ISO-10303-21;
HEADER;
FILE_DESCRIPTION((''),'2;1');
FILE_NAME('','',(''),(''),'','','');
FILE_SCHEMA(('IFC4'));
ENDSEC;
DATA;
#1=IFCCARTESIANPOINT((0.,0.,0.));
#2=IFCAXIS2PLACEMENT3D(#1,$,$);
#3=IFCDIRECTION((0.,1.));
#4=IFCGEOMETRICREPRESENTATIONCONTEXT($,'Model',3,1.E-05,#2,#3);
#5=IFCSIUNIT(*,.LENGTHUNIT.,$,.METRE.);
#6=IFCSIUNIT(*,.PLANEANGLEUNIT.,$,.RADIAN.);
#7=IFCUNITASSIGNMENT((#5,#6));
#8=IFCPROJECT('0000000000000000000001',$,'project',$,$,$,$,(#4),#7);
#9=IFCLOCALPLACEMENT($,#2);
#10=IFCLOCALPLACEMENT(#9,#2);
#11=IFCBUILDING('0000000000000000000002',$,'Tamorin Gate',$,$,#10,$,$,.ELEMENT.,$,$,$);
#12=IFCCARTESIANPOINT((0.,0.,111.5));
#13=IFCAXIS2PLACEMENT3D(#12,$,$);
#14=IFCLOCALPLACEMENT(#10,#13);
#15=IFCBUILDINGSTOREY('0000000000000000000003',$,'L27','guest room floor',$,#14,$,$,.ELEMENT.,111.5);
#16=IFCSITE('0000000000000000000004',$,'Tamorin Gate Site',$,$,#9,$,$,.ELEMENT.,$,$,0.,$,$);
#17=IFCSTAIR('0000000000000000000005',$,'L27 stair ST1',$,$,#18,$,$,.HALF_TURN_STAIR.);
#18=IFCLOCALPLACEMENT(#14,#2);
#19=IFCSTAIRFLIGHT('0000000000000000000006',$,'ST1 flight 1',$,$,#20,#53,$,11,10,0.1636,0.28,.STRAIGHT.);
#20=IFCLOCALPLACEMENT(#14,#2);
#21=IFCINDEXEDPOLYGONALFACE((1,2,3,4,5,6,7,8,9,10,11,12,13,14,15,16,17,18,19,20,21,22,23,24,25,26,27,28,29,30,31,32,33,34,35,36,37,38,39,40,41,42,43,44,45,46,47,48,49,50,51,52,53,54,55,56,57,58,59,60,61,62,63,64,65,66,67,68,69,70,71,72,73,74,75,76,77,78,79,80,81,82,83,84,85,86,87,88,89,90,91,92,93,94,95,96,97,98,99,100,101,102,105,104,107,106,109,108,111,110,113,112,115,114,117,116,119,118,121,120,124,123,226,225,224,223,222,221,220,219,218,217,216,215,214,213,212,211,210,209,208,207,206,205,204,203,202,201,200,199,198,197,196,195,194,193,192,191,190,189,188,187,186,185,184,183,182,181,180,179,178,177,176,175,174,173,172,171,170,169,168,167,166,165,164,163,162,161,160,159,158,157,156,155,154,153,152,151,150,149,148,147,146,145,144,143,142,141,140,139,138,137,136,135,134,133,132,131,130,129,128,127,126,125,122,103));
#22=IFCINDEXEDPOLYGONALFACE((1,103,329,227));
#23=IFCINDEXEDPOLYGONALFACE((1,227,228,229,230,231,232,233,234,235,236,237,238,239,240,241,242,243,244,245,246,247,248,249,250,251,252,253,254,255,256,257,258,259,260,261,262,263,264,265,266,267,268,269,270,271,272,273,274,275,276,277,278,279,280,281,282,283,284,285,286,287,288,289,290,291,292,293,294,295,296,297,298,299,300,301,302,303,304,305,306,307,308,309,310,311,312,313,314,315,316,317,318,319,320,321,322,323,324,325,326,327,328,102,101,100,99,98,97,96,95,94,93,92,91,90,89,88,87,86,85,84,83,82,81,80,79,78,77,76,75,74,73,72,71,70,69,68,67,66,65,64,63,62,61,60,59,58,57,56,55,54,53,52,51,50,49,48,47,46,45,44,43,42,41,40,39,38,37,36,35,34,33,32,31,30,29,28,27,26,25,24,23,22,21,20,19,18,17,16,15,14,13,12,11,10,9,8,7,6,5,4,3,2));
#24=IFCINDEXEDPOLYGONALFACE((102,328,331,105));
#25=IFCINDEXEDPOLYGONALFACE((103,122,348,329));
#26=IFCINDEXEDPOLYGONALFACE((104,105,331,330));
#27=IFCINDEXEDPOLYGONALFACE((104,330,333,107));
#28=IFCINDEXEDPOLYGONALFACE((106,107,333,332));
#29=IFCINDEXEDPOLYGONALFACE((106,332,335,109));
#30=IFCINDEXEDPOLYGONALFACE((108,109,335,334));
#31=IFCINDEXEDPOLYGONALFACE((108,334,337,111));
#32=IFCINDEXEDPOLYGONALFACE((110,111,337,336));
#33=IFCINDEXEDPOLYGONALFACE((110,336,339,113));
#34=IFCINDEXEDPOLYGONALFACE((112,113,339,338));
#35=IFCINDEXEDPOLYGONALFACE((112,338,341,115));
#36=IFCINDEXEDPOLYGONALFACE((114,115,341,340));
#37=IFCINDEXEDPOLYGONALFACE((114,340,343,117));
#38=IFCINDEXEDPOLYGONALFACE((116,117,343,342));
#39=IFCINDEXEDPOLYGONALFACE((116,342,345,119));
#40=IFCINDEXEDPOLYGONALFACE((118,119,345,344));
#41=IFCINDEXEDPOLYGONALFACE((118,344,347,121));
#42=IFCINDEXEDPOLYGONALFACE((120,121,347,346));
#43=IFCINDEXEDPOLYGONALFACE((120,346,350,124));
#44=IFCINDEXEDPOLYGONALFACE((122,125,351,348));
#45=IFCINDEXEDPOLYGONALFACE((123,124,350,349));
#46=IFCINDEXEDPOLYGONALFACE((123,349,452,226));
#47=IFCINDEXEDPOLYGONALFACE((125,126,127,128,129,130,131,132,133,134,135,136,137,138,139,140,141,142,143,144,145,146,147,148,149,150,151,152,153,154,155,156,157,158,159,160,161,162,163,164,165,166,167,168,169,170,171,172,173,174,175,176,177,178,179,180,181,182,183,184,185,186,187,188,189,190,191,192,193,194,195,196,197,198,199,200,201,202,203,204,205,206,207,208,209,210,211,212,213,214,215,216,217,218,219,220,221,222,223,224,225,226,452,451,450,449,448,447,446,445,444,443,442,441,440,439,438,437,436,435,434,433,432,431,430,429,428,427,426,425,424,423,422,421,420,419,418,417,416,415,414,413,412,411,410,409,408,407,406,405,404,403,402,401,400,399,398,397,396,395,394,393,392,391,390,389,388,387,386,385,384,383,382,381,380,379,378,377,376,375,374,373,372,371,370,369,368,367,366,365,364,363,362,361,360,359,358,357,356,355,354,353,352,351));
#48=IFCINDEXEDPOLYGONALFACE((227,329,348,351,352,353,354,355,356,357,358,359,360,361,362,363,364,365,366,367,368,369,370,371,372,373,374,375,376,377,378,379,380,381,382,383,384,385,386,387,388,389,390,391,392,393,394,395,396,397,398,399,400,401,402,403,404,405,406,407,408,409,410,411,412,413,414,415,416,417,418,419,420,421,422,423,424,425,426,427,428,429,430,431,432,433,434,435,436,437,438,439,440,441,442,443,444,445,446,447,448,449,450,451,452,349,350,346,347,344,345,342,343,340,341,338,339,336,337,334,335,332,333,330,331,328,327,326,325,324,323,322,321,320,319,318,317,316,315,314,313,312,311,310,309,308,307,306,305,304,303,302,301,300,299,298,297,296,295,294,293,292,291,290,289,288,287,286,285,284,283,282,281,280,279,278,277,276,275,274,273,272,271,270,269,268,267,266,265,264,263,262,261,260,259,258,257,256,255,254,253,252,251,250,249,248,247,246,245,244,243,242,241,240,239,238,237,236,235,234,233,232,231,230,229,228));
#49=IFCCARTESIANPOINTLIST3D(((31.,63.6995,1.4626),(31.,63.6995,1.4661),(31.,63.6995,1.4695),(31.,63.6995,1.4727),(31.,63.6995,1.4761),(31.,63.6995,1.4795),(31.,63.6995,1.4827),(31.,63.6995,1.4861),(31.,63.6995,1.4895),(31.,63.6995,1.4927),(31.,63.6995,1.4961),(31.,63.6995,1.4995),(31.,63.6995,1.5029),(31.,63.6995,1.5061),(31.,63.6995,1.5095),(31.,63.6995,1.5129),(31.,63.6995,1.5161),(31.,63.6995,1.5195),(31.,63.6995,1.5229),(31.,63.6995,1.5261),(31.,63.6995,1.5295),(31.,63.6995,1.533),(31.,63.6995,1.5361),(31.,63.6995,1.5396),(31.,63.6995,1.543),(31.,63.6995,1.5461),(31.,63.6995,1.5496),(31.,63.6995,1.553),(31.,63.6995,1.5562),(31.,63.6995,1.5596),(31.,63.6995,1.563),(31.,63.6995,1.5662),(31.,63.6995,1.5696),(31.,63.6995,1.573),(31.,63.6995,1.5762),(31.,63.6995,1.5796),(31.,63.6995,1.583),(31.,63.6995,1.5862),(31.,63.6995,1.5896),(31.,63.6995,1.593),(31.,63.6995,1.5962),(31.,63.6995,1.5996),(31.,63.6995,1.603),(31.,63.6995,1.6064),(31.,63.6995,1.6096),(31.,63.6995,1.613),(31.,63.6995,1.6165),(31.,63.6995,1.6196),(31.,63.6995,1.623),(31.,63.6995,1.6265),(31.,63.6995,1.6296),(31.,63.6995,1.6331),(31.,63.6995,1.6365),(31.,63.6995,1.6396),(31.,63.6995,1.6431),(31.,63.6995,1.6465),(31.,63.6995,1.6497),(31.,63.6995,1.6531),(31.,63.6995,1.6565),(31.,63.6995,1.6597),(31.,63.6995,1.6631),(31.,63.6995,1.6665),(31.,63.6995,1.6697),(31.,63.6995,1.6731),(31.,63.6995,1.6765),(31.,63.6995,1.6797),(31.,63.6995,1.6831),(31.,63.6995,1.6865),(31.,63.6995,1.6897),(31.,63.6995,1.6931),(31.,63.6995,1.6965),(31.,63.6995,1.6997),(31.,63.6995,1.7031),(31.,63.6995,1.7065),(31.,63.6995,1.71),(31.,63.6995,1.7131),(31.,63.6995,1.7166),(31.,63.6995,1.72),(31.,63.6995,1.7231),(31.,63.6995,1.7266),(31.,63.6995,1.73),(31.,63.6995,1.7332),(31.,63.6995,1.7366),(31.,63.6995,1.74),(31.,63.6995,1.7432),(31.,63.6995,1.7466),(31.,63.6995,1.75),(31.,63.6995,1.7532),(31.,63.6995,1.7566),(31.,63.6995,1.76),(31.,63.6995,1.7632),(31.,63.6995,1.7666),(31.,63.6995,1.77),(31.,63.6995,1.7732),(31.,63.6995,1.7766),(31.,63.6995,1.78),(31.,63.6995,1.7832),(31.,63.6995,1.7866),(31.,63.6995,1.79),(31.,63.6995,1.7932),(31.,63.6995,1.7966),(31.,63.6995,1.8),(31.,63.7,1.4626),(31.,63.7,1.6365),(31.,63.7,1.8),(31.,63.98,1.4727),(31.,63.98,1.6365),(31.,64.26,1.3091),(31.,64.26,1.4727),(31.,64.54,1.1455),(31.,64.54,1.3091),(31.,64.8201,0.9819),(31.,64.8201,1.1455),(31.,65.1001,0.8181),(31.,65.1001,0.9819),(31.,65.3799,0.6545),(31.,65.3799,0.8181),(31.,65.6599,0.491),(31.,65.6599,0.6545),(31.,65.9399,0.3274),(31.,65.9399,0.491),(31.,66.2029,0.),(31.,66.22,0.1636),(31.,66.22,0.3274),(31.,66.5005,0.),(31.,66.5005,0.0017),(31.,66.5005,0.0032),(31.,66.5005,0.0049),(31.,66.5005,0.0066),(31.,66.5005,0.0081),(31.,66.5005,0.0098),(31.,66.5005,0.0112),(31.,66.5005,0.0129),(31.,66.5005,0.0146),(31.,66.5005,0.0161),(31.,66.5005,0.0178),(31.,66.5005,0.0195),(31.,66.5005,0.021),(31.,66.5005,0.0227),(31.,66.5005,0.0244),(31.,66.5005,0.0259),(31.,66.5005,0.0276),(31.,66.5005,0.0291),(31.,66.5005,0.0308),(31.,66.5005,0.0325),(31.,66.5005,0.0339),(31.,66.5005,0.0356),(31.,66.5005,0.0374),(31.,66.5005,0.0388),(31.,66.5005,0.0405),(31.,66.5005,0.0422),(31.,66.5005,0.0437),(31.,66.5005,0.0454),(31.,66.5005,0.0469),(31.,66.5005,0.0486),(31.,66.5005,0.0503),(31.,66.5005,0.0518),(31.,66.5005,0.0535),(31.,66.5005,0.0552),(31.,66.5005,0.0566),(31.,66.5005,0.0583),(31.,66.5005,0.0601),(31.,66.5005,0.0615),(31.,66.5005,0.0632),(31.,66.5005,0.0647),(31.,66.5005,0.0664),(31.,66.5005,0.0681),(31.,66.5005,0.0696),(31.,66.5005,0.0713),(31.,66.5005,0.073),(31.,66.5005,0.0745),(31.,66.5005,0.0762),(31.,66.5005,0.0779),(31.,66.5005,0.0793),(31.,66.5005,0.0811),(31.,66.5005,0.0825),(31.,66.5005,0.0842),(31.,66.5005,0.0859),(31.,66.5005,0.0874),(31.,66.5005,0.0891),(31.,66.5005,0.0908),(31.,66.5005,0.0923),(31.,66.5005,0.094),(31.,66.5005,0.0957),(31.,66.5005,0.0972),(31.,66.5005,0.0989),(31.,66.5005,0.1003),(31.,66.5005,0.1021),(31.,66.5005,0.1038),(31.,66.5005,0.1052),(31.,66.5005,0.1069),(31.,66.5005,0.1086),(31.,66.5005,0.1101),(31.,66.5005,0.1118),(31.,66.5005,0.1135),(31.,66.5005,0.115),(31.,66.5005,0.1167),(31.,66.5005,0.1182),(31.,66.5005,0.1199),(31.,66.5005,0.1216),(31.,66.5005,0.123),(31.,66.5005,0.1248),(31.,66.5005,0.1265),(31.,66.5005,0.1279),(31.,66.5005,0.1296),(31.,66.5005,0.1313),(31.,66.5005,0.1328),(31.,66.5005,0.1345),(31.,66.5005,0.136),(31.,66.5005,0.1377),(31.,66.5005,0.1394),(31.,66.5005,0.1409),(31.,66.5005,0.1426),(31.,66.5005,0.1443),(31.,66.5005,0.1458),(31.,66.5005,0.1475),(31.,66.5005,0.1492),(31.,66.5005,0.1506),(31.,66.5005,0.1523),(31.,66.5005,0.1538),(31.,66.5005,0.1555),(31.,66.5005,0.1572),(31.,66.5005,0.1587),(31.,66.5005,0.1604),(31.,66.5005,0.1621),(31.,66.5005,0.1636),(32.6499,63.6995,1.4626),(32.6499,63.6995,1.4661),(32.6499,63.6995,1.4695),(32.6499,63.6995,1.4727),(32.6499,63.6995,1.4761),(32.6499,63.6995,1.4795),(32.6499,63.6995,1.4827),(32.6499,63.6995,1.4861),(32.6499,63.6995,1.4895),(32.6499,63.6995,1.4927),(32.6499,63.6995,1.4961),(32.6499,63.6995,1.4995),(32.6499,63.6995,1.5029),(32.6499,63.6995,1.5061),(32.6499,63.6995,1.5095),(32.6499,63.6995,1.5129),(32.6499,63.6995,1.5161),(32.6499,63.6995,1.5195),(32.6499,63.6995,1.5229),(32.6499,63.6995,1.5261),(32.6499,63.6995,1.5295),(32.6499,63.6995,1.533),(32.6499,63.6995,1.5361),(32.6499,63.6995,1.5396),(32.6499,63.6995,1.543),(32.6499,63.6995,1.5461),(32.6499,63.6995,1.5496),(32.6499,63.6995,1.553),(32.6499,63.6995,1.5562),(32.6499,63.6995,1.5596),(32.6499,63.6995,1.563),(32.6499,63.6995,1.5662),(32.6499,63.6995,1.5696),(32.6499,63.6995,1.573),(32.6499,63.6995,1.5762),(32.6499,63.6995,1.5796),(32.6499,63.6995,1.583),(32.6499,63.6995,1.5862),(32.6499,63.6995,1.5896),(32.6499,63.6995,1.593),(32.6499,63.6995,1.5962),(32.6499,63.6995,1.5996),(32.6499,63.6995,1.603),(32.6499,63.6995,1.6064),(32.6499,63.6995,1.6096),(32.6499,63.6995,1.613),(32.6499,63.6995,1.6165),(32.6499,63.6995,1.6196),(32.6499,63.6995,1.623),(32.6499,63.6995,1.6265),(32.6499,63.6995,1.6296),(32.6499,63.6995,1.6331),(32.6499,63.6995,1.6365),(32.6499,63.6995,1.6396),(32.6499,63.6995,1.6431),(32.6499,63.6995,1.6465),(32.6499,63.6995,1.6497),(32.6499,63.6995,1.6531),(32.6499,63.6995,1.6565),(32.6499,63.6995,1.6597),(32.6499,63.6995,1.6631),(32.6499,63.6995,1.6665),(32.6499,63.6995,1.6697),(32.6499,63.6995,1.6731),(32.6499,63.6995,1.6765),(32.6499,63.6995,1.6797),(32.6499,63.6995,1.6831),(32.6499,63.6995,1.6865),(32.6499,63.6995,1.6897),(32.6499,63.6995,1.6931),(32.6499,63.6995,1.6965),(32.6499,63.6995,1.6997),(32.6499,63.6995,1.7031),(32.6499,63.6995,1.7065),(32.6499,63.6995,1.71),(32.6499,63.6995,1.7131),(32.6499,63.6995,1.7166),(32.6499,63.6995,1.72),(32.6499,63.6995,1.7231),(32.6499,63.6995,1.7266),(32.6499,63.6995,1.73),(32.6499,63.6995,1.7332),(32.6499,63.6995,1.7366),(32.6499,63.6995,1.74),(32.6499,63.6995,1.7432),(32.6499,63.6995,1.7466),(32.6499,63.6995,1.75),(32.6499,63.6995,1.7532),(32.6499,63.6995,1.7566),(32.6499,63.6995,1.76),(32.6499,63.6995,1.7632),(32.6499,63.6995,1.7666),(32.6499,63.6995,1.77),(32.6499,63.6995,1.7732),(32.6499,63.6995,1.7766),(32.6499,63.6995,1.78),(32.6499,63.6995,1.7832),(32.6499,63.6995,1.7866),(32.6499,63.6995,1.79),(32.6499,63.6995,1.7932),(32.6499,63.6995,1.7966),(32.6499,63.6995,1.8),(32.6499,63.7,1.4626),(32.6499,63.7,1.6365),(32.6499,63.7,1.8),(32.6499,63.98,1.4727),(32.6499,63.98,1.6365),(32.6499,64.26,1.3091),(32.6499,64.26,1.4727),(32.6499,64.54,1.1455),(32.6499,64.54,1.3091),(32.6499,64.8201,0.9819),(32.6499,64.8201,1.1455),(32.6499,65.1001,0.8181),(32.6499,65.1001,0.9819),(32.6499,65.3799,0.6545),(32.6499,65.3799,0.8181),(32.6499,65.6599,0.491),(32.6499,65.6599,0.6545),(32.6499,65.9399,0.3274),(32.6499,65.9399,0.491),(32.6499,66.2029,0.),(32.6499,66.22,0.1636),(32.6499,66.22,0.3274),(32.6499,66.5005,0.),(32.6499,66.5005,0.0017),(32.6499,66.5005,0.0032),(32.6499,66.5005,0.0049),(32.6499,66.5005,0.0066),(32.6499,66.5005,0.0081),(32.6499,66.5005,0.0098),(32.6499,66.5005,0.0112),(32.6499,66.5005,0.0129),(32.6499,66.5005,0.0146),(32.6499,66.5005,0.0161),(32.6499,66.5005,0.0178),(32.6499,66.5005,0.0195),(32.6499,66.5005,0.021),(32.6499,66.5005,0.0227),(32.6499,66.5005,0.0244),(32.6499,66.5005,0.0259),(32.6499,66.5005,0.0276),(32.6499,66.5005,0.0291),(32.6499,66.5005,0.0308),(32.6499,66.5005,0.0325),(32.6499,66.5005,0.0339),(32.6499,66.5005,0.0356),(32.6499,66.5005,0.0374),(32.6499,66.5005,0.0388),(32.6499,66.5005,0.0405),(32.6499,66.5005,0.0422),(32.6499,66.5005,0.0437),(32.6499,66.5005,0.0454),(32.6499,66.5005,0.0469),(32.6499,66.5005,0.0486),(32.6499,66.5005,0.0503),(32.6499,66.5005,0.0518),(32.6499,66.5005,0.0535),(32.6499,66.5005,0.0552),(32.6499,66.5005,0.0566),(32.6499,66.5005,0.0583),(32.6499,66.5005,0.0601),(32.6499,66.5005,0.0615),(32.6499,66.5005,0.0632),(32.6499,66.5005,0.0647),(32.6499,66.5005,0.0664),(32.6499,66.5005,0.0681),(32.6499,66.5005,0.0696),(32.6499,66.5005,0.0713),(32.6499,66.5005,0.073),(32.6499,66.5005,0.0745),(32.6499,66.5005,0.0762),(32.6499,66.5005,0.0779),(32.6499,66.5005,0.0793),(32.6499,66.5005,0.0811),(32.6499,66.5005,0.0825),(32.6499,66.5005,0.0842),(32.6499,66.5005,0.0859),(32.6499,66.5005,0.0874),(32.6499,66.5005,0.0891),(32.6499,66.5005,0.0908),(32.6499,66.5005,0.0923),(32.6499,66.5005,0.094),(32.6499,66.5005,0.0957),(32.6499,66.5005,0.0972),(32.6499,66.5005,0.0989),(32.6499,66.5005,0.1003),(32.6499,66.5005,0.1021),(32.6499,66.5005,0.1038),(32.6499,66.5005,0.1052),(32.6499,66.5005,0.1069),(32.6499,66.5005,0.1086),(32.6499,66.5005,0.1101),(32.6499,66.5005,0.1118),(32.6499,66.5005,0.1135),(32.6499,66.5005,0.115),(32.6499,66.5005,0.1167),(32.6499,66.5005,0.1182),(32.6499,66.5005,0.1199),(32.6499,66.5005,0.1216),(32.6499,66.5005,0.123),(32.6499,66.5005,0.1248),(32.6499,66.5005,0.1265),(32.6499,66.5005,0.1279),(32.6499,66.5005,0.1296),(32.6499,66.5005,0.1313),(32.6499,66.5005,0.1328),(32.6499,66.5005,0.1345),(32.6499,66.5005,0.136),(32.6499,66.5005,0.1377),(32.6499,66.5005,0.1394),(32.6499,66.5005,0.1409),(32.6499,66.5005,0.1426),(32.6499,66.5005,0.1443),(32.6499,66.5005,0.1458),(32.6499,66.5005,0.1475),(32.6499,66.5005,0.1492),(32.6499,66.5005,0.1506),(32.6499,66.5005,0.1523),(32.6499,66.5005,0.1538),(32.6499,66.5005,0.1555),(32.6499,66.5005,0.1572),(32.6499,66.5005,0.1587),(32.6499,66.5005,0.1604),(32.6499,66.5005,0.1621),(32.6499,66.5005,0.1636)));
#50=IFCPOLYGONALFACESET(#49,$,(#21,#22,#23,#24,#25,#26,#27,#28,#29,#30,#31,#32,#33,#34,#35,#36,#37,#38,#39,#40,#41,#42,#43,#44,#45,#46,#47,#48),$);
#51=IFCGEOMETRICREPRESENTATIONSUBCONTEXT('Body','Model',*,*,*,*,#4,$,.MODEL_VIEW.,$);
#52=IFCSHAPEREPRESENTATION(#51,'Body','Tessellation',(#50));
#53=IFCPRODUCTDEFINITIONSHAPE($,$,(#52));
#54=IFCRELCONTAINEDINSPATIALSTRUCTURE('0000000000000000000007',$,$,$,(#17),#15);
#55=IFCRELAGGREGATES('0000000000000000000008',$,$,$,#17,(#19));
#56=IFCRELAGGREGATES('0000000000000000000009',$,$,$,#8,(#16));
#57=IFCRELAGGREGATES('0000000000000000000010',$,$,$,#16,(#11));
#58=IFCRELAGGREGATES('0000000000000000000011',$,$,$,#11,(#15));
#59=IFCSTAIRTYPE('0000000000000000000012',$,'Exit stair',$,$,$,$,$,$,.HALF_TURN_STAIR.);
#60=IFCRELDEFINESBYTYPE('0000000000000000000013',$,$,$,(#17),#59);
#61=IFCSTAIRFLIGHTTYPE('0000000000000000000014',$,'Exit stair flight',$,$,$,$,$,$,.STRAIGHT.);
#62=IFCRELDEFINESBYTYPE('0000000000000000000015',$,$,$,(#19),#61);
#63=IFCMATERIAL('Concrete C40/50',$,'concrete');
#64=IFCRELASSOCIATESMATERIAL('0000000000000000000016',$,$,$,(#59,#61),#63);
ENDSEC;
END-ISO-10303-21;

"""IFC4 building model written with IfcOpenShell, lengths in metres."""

from ifc_helpers import new_model, si_unit, direction, frame, origin, place, context, subcontext, project, spatial, polyline, outline, extrude, material, type_object, element, aggregate, save


model = new_model("IFC4")

# Units and contexts
model_context = context("Model", 3, precision=1e-05, world=origin(), true_north=direction((0.0, 1.0)))
body_context = subcontext(model_context, "Body", "Model", "MODEL_VIEW")
ifc_project = project(units=[si_unit("LENGTHUNIT", "METRE"), si_unit("PLANEANGLEUNIT", "RADIAN")], contexts=[model_context])

# Site, building, storey
site_placement = place(None, origin())
site = spatial("IfcSite", under=ifc_project, at=site_placement, Name="Tamorin Gate Site", CompositionType="ELEMENT", RefElevation=0.0)
building_placement = place(site_placement, origin())
building = spatial("IfcBuilding", under=site, at=building_placement, Name="Tamorin Gate", CompositionType="ELEMENT")
storey_placement = place(building_placement, frame((0.0, 0.0, 111.5)))
storey = spatial("IfcBuildingStorey", under=building, at=storey_placement, Name="L27", Description="guest room floor", CompositionType="ELEMENT", Elevation=111.5)

# Shared definitions
ifc_material_1 = material(Name="Concrete C40/50", Category="concrete")

# Stair, stair flight
stair_type = type_object("IfcStairType", Name="Exit stair", PredefinedType="HALF_TURN_STAIR", material=ifc_material_1)
stair_placement = place(storey_placement, origin())
stair = element("IfcStair", 1, at=stair_placement, inside=storey, type_object=stair_type, Name="L27 stair ST1", PredefinedType="HALF_TURN_STAIR")
stair_flight_type = type_object("IfcStairFlightType", Name="Exit stair flight", PredefinedType="STRAIGHT", material=ifc_material_1)
stair_flight_1_placement = place(storey_placement, frame((31.825, 66.5, 0.0), z_axis=(0.0, 0.0, 1.0), x_axis=(0.0, -1.0, 0.0)))
stair_flight_1 = element("IfcStairFlight", 2, at=stair_flight_1_placement, type_object=stair_flight_type, Name="ST1 flight 1", NumberOfRisers=11, NumberOfTreads=10, PredefinedType="STRAIGHT", RiserHeight=0.1636, TreadLength=0.28, context=body_context, shape_type="SweptSolid", body=[
    extrude(outline(polyline([(-0.0005, 0.0), (-0.0005, 0.0017), (-0.0005, 0.0032), (-0.0005, 0.0049), (-0.0005, 0.0066), (-0.0005, 0.0081), (-0.0005, 0.0098), (-0.0005, 0.0112), (-0.0005, 0.0129), (-0.0005, 0.0146), (-0.0005, 0.0161), (-0.0005, 0.0178), (-0.0005, 0.0195), (-0.0005, 0.021), (-0.0005, 0.0227), (-0.0005, 0.0244), (-0.0005, 0.0259), (-0.0005, 0.0276), (-0.0005, 0.0291), (-0.0005, 0.0308), (-0.0005, 0.0325), (-0.0005, 0.0339), (-0.0005, 0.0356), (-0.0005, 0.0374), (-0.0005, 0.0388), (-0.0005, 0.0405), (-0.0005, 0.0422), (-0.0005, 0.0437), (-0.0005, 0.0454), (-0.0005, 0.0469), (-0.0005, 0.0486), (-0.0005, 0.0503), (-0.0005, 0.0518), (-0.0005, 0.0535), (-0.0005, 0.0552), (-0.0005, 0.0566), (-0.0005, 0.0583), (-0.0005, 0.0601), (-0.0005, 0.0615), (-0.0005, 0.0632), (-0.0005, 0.0647), (-0.0005, 0.0664), (-0.0005, 0.0681), (-0.0005, 0.0696), (-0.0005, 0.0713), (-0.0005, 0.073), (-0.0005, 0.0745), (-0.0005, 0.0762), (-0.0005, 0.0779), (-0.0005, 0.0793), (-0.0005, 0.0811), (-0.0005, 0.0825), (-0.0005, 0.0842), (-0.0005, 0.0859), (-0.0005, 0.0874), (-0.0005, 0.0891), (-0.0005, 0.0908), (-0.0005, 0.0923), (-0.0005, 0.094), (-0.0005, 0.0957), (-0.0005, 0.0972), (-0.0005, 0.0989), (-0.0005, 0.1003), (-0.0005, 0.1021), (-0.0005, 0.1038), (-0.0005, 0.1052), (-0.0005, 0.1069), (-0.0005, 0.1086), (-0.0005, 0.1101), (-0.0005, 0.1118), (-0.0005, 0.1135), (-0.0005, 0.115), (-0.0005, 0.1167), (-0.0005, 0.1182), (-0.0005, 0.1199), (-0.0005, 0.1216), (-0.0005, 0.123), (-0.0005, 0.1248), (-0.0005, 0.1265), (-0.0005, 0.1279), (-0.0005, 0.1296), (-0.0005, 0.1313), (-0.0005, 0.1328), (-0.0005, 0.1345), (-0.0005, 0.136), (-0.0005, 0.1377), (-0.0005, 0.1394), (-0.0005, 0.1409), (-0.0005, 0.1426), (-0.0005, 0.1443), (-0.0005, 0.1458), (-0.0005, 0.1475), (-0.0005, 0.1492), (-0.0005, 0.1506), (-0.0005, 0.1523), (-0.0005, 0.1538), (-0.0005, 0.1555), (-0.0005, 0.1572), (-0.0005, 0.1587), (-0.0005, 0.1604), (-0.0005, 0.1621), (-0.0005, 0.1636), (0.28, 0.1636), (0.28, 0.3274), (0.5601, 0.3274), (0.5601, 0.491), (0.8401, 0.491), (0.8401, 0.6545), (1.1201, 0.6545), (1.1201, 0.8181), (1.3999, 0.8181), (1.3999, 0.9819), (1.6799, 0.9819), (1.6799, 1.1455), (1.96, 1.1455), (1.96, 1.3091), (2.24, 1.3091), (2.24, 1.4727), (2.52, 1.4727), (2.52, 1.6365), (2.8, 1.6365), (2.8, 1.8), (2.8005, 1.8), (2.8005, 1.7966), (2.8005, 1.7932), (2.8005, 1.79), (2.8005, 1.7866), (2.8005, 1.7832), (2.8005, 1.78), (2.8005, 1.7766), (2.8005, 1.7732), (2.8005, 1.77), (2.8005, 1.7666), (2.8005, 1.7632), (2.8005, 1.76), (2.8005, 1.7566), (2.8005, 1.7532), (2.8005, 1.75), (2.8005, 1.7466), (2.8005, 1.7432), (2.8005, 1.74), (2.8005, 1.7366), (2.8005, 1.7332), (2.8005, 1.73), (2.8005, 1.7266), (2.8005, 1.7231), (2.8005, 1.72), (2.8005, 1.7166), (2.8005, 1.7131), (2.8005, 1.71), (2.8005, 1.7065), (2.8005, 1.7031), (2.8005, 1.6997), (2.8005, 1.6965), (2.8005, 1.6931), (2.8005, 1.6897), (2.8005, 1.6865), (2.8005, 1.6831), (2.8005, 1.6797), (2.8005, 1.6765), (2.8005, 1.6731), (2.8005, 1.6697), (2.8005, 1.6665), (2.8005, 1.6631), (2.8005, 1.6597), (2.8005, 1.6565), (2.8005, 1.6531), (2.8005, 1.6497), (2.8005, 1.6465), (2.8005, 1.6431), (2.8005, 1.6396), (2.8005, 1.6365), (2.8005, 1.6331), (2.8005, 1.6296), (2.8005, 1.6265), (2.8005, 1.623), (2.8005, 1.6196), (2.8005, 1.6165), (2.8005, 1.613), (2.8005, 1.6096), (2.8005, 1.6064), (2.8005, 1.603), (2.8005, 1.5996), (2.8005, 1.5962), (2.8005, 1.593), (2.8005, 1.5896), (2.8005, 1.5862), (2.8005, 1.583), (2.8005, 1.5796), (2.8005, 1.5762), (2.8005, 1.573), (2.8005, 1.5696), (2.8005, 1.5662), (2.8005, 1.563), (2.8005, 1.5596), (2.8005, 1.5562), (2.8005, 1.553), (2.8005, 1.5496), (2.8005, 1.5461), (2.8005, 1.543), (2.8005, 1.5396), (2.8005, 1.5361), (2.8005, 1.533), (2.8005, 1.5295), (2.8005, 1.5261), (2.8005, 1.5229), (2.8005, 1.5195), (2.8005, 1.5161), (2.8005, 1.5129), (2.8005, 1.5095), (2.8005, 1.5061), (2.8005, 1.5029), (2.8005, 1.4995), (2.8005, 1.4961), (2.8005, 1.4927), (2.8005, 1.4895), (2.8005, 1.4861), (2.8005, 1.4827), (2.8005, 1.4795), (2.8005, 1.4761), (2.8005, 1.4727), (2.8005, 1.4695), (2.8005, 1.4661), (2.8005, 1.4626), (2.8, 1.4626), (0.2971, 0.0), (-0.0005, 0.0)])), frame((0.0, 0.825, 0.0), z_axis=(0.0, -1.0, 0.0), x_axis=(1.0, 0.0, 0.0)), (0.0, 0.0, 1.0), 1.6499),
])
aggregate(stair, [stair_flight_1])

save(model, "model.ifc")
